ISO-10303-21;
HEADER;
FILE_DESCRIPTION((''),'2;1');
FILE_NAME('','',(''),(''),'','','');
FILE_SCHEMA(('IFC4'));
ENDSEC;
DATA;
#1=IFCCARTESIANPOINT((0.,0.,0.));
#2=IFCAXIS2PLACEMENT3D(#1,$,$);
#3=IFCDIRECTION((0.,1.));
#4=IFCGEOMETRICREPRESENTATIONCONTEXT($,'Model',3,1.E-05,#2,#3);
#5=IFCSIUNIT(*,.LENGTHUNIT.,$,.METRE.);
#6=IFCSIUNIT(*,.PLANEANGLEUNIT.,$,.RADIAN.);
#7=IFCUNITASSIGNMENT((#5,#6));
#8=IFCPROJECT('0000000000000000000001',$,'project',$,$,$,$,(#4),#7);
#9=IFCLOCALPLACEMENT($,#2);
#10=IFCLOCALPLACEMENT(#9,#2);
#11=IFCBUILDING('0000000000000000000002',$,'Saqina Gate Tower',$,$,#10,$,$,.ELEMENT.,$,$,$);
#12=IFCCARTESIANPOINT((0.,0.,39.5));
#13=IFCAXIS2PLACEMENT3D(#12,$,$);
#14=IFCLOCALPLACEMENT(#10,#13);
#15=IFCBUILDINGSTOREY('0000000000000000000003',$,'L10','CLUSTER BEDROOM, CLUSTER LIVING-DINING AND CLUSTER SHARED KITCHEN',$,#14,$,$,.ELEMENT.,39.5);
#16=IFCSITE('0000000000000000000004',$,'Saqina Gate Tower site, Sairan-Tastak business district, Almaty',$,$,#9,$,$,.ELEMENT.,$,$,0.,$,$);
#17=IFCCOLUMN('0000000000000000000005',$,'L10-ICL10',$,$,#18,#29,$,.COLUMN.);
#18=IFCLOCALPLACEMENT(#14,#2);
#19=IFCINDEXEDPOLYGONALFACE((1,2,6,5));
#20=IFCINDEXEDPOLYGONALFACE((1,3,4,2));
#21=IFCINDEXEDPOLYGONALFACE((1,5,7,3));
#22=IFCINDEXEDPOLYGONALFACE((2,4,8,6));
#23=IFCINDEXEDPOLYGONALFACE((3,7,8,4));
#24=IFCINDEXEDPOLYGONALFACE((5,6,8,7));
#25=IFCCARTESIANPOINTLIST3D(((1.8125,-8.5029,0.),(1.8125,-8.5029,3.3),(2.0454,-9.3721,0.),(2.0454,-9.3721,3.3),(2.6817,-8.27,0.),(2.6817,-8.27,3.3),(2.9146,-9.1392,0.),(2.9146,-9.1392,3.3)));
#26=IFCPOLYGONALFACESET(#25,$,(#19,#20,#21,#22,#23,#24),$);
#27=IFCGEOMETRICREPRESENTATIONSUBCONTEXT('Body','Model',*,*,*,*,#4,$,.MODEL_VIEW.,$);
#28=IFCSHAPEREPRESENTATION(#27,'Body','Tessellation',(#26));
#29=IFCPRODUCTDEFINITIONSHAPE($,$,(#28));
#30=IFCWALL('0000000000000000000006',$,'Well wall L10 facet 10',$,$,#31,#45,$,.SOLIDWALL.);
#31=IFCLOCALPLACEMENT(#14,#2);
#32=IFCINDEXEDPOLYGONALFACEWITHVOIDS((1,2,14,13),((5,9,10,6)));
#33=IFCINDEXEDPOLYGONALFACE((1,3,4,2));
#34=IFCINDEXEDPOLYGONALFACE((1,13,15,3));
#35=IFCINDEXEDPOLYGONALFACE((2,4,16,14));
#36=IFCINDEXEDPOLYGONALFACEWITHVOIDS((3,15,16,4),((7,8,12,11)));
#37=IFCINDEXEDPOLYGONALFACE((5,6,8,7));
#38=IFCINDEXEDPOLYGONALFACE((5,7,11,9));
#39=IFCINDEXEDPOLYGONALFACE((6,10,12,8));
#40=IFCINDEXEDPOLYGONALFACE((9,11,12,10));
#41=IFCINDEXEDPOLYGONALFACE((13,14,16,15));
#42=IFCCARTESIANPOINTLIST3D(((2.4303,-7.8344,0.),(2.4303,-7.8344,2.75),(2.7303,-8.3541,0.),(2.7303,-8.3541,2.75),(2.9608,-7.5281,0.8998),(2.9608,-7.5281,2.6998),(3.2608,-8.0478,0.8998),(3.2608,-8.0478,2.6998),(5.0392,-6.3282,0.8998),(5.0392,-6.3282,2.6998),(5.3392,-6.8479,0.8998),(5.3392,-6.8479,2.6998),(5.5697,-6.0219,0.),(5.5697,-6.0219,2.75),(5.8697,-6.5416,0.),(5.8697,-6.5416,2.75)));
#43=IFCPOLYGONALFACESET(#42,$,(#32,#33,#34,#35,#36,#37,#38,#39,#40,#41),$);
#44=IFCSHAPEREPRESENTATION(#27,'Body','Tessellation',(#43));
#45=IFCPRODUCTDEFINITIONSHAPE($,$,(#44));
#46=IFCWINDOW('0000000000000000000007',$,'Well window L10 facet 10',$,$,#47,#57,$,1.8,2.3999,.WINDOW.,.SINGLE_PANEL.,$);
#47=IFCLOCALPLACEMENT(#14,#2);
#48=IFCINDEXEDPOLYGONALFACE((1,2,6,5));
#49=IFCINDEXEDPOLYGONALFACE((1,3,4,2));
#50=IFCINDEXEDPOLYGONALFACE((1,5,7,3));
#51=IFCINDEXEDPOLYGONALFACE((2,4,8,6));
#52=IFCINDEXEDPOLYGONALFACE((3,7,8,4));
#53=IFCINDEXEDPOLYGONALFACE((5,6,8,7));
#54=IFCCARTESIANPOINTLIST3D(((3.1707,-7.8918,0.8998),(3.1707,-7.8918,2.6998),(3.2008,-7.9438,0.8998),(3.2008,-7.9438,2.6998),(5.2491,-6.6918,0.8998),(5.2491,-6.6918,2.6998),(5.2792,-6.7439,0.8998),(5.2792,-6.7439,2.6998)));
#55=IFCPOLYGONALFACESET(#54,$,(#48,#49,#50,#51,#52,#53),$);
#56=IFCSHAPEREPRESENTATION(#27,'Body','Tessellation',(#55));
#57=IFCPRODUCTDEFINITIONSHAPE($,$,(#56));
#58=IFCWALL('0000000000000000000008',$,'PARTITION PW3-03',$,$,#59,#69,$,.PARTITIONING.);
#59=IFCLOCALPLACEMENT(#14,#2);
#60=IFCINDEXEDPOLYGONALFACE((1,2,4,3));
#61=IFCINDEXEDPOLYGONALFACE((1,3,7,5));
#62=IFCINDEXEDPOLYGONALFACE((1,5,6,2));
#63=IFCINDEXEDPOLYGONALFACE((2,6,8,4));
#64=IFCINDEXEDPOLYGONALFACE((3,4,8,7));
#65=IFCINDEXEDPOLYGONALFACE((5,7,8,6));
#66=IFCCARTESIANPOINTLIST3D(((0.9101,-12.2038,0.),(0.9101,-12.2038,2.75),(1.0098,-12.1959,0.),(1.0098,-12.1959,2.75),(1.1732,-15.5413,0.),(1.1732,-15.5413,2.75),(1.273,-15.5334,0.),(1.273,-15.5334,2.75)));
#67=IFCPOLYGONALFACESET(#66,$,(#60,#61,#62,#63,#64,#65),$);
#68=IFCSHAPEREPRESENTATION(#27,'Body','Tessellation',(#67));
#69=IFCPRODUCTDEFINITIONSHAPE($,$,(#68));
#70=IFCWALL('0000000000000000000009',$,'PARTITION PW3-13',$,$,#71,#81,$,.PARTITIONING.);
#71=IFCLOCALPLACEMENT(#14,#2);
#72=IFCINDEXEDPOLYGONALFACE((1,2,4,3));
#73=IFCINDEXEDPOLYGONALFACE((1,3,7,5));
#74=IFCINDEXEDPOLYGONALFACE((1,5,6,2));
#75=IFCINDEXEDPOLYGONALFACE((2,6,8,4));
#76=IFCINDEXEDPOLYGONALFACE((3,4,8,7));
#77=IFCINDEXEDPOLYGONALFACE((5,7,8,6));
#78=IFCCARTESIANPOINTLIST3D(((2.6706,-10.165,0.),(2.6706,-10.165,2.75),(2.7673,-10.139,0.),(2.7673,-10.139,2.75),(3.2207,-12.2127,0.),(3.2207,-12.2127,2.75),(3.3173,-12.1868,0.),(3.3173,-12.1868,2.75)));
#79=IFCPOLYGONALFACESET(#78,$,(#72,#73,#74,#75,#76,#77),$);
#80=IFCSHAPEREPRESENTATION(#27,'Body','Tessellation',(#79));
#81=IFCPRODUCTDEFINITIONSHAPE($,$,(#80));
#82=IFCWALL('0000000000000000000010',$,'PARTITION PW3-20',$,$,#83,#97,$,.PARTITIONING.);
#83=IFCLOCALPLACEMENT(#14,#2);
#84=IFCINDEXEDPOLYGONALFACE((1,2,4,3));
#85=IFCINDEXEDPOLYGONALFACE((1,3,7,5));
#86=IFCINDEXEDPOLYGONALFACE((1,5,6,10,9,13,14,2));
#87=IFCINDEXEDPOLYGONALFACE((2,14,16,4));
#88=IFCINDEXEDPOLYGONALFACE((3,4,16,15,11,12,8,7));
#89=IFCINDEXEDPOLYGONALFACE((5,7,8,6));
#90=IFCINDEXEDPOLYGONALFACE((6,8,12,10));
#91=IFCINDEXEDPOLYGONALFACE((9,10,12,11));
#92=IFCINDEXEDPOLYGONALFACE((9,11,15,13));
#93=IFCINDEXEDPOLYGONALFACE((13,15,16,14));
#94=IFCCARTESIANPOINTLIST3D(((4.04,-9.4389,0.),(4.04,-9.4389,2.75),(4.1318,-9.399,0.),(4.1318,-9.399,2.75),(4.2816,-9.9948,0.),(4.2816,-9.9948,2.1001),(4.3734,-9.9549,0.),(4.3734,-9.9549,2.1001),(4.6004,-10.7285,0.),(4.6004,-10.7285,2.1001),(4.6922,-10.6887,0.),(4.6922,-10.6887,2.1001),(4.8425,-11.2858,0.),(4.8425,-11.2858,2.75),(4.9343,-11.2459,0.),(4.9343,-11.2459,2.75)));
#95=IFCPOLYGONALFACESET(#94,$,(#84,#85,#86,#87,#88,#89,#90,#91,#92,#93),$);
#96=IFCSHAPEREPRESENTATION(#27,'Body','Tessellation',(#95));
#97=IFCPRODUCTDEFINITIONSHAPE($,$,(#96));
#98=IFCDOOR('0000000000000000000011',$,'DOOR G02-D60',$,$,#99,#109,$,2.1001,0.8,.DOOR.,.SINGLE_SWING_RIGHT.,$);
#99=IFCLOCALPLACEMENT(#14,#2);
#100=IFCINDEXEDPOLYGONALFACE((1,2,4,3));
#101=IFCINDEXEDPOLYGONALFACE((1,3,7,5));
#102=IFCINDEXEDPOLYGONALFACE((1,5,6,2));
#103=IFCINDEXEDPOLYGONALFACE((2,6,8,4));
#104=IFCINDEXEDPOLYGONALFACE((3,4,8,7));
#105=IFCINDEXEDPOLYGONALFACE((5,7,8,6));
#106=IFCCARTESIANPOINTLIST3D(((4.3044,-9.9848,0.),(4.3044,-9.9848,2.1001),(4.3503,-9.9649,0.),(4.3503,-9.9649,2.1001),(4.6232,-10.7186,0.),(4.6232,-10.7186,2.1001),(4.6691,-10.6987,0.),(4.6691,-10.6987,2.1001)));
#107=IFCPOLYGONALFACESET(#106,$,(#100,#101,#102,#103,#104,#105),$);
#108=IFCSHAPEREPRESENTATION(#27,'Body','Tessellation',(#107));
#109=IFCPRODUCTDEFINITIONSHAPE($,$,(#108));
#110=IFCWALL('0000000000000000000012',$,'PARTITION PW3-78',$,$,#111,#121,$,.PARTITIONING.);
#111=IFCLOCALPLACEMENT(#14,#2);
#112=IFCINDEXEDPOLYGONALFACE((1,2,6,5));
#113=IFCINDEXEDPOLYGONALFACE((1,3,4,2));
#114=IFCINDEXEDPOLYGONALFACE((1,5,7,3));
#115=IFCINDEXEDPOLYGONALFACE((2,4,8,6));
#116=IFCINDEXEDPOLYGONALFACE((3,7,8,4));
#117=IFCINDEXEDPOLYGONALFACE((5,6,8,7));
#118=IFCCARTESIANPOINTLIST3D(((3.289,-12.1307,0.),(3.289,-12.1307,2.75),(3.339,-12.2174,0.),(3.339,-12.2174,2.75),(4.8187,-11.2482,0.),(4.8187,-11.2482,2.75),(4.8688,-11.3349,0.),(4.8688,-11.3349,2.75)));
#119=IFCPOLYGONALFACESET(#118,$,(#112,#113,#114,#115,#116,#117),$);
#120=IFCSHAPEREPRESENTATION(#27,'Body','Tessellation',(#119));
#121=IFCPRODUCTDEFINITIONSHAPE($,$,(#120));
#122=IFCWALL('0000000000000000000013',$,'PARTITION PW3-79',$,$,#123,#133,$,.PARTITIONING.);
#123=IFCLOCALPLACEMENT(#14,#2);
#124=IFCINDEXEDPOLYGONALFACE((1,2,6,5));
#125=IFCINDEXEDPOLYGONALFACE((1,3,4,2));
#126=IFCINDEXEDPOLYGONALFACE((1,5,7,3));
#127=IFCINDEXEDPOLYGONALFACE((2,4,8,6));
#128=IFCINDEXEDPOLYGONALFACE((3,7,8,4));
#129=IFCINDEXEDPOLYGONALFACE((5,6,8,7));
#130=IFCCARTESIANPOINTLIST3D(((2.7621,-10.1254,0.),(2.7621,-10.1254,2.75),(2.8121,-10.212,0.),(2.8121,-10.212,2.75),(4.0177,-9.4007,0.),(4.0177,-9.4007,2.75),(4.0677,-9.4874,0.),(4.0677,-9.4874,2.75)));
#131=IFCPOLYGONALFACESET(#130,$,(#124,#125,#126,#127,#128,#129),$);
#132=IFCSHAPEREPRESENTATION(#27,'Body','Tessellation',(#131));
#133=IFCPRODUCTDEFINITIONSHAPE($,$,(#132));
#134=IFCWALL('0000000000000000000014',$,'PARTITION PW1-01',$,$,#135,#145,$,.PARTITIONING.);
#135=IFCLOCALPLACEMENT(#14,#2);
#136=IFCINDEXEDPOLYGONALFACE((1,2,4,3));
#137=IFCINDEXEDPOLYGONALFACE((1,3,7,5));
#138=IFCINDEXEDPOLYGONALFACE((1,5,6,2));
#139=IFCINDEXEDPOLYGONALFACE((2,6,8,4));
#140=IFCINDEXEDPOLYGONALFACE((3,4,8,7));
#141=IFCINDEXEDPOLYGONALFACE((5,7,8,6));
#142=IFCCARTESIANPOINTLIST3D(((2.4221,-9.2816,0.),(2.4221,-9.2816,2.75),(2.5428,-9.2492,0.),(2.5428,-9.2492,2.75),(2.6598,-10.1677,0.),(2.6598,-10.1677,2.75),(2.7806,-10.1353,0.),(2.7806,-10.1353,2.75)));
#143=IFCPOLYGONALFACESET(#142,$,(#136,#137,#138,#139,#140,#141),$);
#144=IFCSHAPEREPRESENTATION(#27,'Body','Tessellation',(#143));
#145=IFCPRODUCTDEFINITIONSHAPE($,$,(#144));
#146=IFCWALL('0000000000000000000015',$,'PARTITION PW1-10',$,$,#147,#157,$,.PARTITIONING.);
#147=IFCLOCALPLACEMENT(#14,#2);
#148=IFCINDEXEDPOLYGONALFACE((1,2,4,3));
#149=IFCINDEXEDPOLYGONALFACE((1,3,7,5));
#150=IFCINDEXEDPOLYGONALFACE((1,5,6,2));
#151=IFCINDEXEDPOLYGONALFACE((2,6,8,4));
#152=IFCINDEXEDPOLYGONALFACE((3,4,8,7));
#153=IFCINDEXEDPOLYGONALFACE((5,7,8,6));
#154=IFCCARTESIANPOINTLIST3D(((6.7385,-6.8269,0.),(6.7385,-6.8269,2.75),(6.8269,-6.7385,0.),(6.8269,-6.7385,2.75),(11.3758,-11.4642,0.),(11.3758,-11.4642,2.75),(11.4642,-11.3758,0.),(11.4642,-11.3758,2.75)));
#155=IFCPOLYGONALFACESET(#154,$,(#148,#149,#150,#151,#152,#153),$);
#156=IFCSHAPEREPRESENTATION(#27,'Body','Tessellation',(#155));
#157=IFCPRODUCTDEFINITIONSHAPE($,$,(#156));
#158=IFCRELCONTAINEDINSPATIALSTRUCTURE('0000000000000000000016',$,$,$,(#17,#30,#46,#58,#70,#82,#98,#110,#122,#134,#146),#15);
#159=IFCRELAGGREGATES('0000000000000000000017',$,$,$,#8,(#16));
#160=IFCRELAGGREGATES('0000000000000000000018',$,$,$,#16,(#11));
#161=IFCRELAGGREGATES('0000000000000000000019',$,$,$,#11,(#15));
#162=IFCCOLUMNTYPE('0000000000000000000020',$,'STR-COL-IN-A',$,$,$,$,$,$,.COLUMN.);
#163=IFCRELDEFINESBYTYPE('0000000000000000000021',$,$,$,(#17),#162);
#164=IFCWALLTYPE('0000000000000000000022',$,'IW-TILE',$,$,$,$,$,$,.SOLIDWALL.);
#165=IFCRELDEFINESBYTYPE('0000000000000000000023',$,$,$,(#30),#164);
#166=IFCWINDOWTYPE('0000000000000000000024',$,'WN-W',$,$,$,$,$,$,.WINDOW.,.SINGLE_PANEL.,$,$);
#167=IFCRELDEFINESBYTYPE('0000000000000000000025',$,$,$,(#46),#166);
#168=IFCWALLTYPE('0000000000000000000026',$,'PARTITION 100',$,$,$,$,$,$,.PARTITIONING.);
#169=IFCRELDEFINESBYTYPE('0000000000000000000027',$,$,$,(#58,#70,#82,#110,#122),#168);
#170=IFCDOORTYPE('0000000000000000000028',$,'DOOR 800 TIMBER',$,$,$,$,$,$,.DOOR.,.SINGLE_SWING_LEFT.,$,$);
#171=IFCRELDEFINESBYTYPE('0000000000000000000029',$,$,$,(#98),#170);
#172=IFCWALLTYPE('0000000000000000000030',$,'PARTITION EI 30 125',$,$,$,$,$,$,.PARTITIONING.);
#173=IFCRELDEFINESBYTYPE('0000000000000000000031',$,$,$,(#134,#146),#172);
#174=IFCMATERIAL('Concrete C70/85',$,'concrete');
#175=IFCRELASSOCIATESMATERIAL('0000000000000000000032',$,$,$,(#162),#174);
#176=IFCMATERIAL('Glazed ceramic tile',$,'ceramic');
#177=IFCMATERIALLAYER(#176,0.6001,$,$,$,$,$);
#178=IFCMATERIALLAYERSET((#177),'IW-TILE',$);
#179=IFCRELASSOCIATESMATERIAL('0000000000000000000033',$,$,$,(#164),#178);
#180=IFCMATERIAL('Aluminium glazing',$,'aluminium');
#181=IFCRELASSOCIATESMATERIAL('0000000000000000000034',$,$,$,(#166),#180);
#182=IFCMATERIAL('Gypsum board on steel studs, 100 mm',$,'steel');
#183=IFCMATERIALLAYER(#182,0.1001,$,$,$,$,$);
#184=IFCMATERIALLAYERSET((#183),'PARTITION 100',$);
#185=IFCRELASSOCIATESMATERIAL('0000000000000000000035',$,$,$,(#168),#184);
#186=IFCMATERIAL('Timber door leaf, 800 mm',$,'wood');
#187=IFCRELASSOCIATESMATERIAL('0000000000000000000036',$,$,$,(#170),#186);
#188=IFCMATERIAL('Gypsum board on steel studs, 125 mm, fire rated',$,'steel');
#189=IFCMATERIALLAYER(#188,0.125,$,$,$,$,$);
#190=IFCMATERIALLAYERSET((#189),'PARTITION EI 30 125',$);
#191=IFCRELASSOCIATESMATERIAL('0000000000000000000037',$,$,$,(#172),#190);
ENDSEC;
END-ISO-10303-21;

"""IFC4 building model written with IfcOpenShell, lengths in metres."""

from ifc_helpers import new_model, si_unit, direction, frame, frame_2d, origin, origin_2d, place, context, subcontext, project, spatial, rectangle, extrude, material, layer, layer_set, material_profile, profile_set, type_object, element, fill, save


model = new_model("IFC4")

# Units and contexts
model_context = context("Model", 3, precision=1e-05, world=origin(), true_north=direction((0.0, 1.0)))
body_context = subcontext(model_context, "Body", "Model", "MODEL_VIEW")
ifc_project = project(units=[si_unit("LENGTHUNIT", "METRE"), si_unit("PLANEANGLEUNIT", "RADIAN")], contexts=[model_context])

# Site, building, storey
site_placement = place(None, origin())
site = spatial("IfcSite", under=ifc_project, at=site_placement, Name="Saqina Gate Tower site, Sairan-Tastak business district, Almaty", CompositionType="ELEMENT", RefElevation=0.0)
building_placement = place(site_placement, origin())
building = spatial("IfcBuilding", under=site, at=building_placement, Name="Saqina Gate Tower", CompositionType="ELEMENT")
storey_placement = place(building_placement, frame((0.0, 0.0, 39.5)))
storey = spatial("IfcBuildingStorey", under=building, at=storey_placement, Name="L10", Description="CLUSTER BEDROOM, CLUSTER LIVING-DINING AND CLUSTER SHARED KITCHEN", CompositionType="ELEMENT", Elevation=39.5)

# Column
ifc_material_1 = material(Name="Concrete C70/85", Category="concrete")
ifc_material_profile = material_profile(ifc_material_1, rectangle(XDim=0.8999, YDim=0.8999, at=origin_2d()), Name="RC 900x900")
ifc_profile_set = profile_set([ifc_material_profile], Name="Concrete C70/85")
column_type = type_object("IfcColumnType", Name="STR-COL-IN-A", PredefinedType="COLUMN", material=ifc_profile_set)
column_placement = place(storey_placement, frame((2.3635, -8.821, 0.0), z_axis=(0.0, 0.0, 1.0), x_axis=(0.258819, -0.965926, 0.0)))
element("IfcColumn", 1, at=column_placement, inside=storey, type_object=column_type, Name="L10-ICL10", PredefinedType="COLUMN", context=body_context, shape_type="SweptSolid", body=[
    extrude(rectangle(XDim=0.8999, YDim=0.8999, at=origin_2d()), origin(), (0.0, 0.0, 1.0), 3.3),
])

# Wall, opening, window
ifc_material_2 = material(Name="Glazed ceramic tile", Category="ceramic")
ifc_layer_1 = layer(ifc_material_2, 0.6001)
ifc_layer_set_1 = layer_set([ifc_layer_1], Name="IW-TILE")
wall_type_1 = type_object("IfcWallType", Name="IW-TILE", PredefinedType="SOLIDWALL", material=ifc_layer_set_1)
wall_1_placement = place(storey_placement, frame((2.5803, -8.0942, 0.0), z_axis=(0.0, 0.0, 1.0), x_axis=(0.86603, 0.499993, 0.0)))
wall_1 = element("IfcWall", 2, at=wall_1_placement, inside=storey, type_object=wall_type_1, Name="Well wall L10 facet 10", PredefinedType="SOLIDWALL", context=body_context, shape_type="SweptSolid", body=[
    extrude(rectangle(XDim=3.625, YDim=0.6001, at=frame_2d((1.8125, 0.0))), origin(), (0.0, 0.0, 1.0), 2.75),
])
opening_1_placement = place(wall_1_placement, frame((0.6125, 0.0, 0.8999)))
opening_1 = element("IfcOpeningElement", 3, at=opening_1_placement, cuts=wall_1, PredefinedType="OPENING", context=body_context, shape_type="SweptSolid", body=[
    extrude(rectangle(XDim=2.3999, YDim=1.8, at=frame_2d((1.2, 0.8999))), frame((0.0, 0.312, 0.0), z_axis=(0.0, -1.0, 0.0), x_axis=(1.0, 0.0, 0.0)), (0.0, 0.0, 1.0), 0.624),
])
ifc_material_3 = material(Name="Aluminium glazing", Category="aluminium")
window_type = type_object("IfcWindowType", Name="WN-W", PartitioningType="SINGLE_PANEL", PredefinedType="WINDOW", material=ifc_material_3)
window_placement = place(opening_1_placement, origin())
window = element("IfcWindow", 4, at=window_placement, inside=storey, type_object=window_type, Name="Well window L10 facet 10", OverallHeight=1.8, OverallWidth=2.3999, PartitioningType="SINGLE_PANEL", PredefinedType="WINDOW", context=body_context, shape_type="SweptSolid", body=[
    extrude(rectangle(XDim=2.3999, YDim=1.8, at=frame_2d((1.2, 0.8999))), frame((0.0, -0.1199, 0.0), z_axis=(0.0, -1.0, 0.0), x_axis=(1.0, 0.0, 0.0)), (0.0, 0.0, 1.0), 0.0601),
])
fill(opening_1, window)

# Walls
ifc_material_4 = material(Name="Gypsum board on steel studs, 100 mm", Category="steel")
ifc_layer_2 = layer(ifc_material_4, 0.1001)
ifc_layer_set_2 = layer_set([ifc_layer_2], Name="PARTITION 100")
wall_type_2 = type_object("IfcWallType", Name="PARTITION 100", PredefinedType="PARTITIONING", material=ifc_layer_set_2)
wall_2_placement = place(storey_placement, frame((0.96, -12.2, 0.0), z_axis=(0.0, 0.0, 1.0), x_axis=(0.078609, -0.996906, 0.0)))
element("IfcWall", 5, at=wall_2_placement, inside=storey, type_object=wall_type_2, Name="PARTITION PW3-03", PredefinedType="PARTITIONING", context=body_context, shape_type="SweptSolid", body=[
    extrude(rectangle(XDim=3.3479, YDim=0.1001, at=frame_2d((1.6738, 0.0))), origin(), (0.0, 0.0, 1.0), 2.75),
])
wall_3_placement = place(storey_placement, frame((2.719, -10.1521, 0.0), z_axis=(0.0, 0.0, 1.0), x_axis=(0.259404, -0.965769, 0.0)))
element("IfcWall", 6, at=wall_3_placement, inside=storey, type_object=wall_type_2, Name="PARTITION PW3-13", PredefinedType="PARTITIONING", context=body_context, shape_type="SweptSolid", body=[
    extrude(rectangle(XDim=2.1204, YDim=0.1001, at=frame_2d((1.0601, 0.0))), origin(), (0.0, 0.0, 1.0), 2.75),
])

# Wall, opening, door
wall_4_placement = place(storey_placement, frame((4.0859, -9.4189, 0.0), z_axis=(0.0, 0.0, 1.0), x_axis=(0.398509, -0.917164, 0.0)))
wall_4 = element("IfcWall", 7, at=wall_4_placement, inside=storey, type_object=wall_type_2, Name="PARTITION PW3-20", PredefinedType="PARTITIONING", context=body_context, shape_type="SweptSolid", body=[
    extrude(rectangle(XDim=2.0137, YDim=0.1001, at=frame_2d((1.0068, 0.0))), origin(), (0.0, 0.0, 1.0), 2.75),
])
opening_2_placement = place(wall_4_placement, frame((0.6062, 0.0, 0.0)))
opening_2 = element("IfcOpeningElement", 8, at=opening_2_placement, cuts=wall_4, PredefinedType="OPENING", context=body_context, shape_type="SweptSolid", body=[
    extrude(rectangle(XDim=0.8, YDim=2.1001, at=frame_2d((0.3999, 1.05))), frame((0.0, 0.062, 0.0), z_axis=(0.0, -1.0, 0.0), x_axis=(1.0, 0.0, 0.0)), (0.0, 0.0, 1.0), 0.124),
])
ifc_material_5 = material(Name="Timber door leaf, 800 mm", Category="wood")
door_type_1 = type_object("IfcDoorType", Name="DOOR 800 TIMBER", OperationType="SINGLE_SWING_LEFT", PredefinedType="DOOR", material=ifc_material_5)
door_1_placement = place(opening_2_placement, origin())
door_1 = element("IfcDoor", 9, at=door_1_placement, inside=storey, type_object=door_type_1, Name="DOOR G02-D60", OperationType="SINGLE_SWING_RIGHT", OverallHeight=2.1001, OverallWidth=0.8, PredefinedType="DOOR", context=body_context, shape_type="SweptSolid", body=[
    extrude(rectangle(XDim=0.8, YDim=2.1001, at=frame_2d((0.3999, 1.05))), frame((0.0, 0.0249, 0.0), z_axis=(0.0, -1.0, 0.0), x_axis=(1.0, 0.0, 0.0)), (0.0, 0.0, 1.0), 0.05),
])
fill(opening_2, door_1)

# Walls
wall_5_placement = place(storey_placement, frame((3.314, -12.1741, 0.0), z_axis=(0.0, 0.0, 1.0), x_axis=(0.866186, 0.499722, 0.0)))
element("IfcWall", 10, at=wall_5_placement, inside=storey, type_object=wall_type_2, Name="PARTITION PW3-78", PredefinedType="PARTITIONING", context=body_context, shape_type="SweptSolid", body=[
    extrude(rectangle(XDim=1.7661, YDim=0.1001, at=frame_2d((0.8831, 0.0))), origin(), (0.0, 0.0, 1.0), 2.75),
])
wall_6_placement = place(storey_placement, frame((2.7871, -10.1687, 0.0), z_axis=(0.0, 0.0, 1.0), x_axis=(0.866121, 0.499834, 0.0)))
element("IfcWall", 11, at=wall_6_placement, inside=storey, type_object=wall_type_2, Name="PARTITION PW3-79", PredefinedType="PARTITIONING", context=body_context, shape_type="SweptSolid", body=[
    extrude(rectangle(XDim=1.4497, YDim=0.1001, at=frame_2d((0.7249, 0.0))), origin(), (0.0, 0.0, 1.0), 2.75),
])
ifc_material_6 = material(Name="Gypsum board on steel studs, 125 mm, fire rated", Category="steel")
ifc_layer_3 = layer(ifc_material_6, 0.125)
ifc_layer_set_3 = layer_set([ifc_layer_3], Name="PARTITION EI 30 125")
wall_type_3 = type_object("IfcWallType", Name="PARTITION EI 30 125", PredefinedType="PARTITIONING", material=ifc_layer_set_3)
wall_7_placement = place(storey_placement, frame((2.4824, -9.2654, 0.0), z_axis=(0.0, 0.0, 1.0), x_axis=(0.259153, -0.965836, 0.0)))
element("IfcWall", 12, at=wall_7_placement, inside=storey, type_object=wall_type_3, Name="PARTITION PW1-01", PredefinedType="PARTITIONING", context=body_context, shape_type="SweptSolid", body=[
    extrude(rectangle(XDim=0.9175, YDim=0.125, at=frame_2d((0.4587, 0.0))), origin(), (0.0, 0.0, 1.0), 2.75),
])
wall_8_placement = place(storey_placement, frame((6.7827, -6.7827, 0.0), z_axis=(0.0, 0.0, 1.0), x_axis=(0.707107, -0.707107, 0.0)))
element("IfcWall", 13, at=wall_8_placement, inside=storey, type_object=wall_type_3, Name="PARTITION PW1-10", PredefinedType="PARTITIONING", context=body_context, shape_type="SweptSolid", body=[
    extrude(rectangle(XDim=6.5581, YDim=0.125, at=frame_2d((3.2791, 0.0))), origin(), (0.0, 0.0, 1.0), 2.75),
])

save(model, "model.ifc")
